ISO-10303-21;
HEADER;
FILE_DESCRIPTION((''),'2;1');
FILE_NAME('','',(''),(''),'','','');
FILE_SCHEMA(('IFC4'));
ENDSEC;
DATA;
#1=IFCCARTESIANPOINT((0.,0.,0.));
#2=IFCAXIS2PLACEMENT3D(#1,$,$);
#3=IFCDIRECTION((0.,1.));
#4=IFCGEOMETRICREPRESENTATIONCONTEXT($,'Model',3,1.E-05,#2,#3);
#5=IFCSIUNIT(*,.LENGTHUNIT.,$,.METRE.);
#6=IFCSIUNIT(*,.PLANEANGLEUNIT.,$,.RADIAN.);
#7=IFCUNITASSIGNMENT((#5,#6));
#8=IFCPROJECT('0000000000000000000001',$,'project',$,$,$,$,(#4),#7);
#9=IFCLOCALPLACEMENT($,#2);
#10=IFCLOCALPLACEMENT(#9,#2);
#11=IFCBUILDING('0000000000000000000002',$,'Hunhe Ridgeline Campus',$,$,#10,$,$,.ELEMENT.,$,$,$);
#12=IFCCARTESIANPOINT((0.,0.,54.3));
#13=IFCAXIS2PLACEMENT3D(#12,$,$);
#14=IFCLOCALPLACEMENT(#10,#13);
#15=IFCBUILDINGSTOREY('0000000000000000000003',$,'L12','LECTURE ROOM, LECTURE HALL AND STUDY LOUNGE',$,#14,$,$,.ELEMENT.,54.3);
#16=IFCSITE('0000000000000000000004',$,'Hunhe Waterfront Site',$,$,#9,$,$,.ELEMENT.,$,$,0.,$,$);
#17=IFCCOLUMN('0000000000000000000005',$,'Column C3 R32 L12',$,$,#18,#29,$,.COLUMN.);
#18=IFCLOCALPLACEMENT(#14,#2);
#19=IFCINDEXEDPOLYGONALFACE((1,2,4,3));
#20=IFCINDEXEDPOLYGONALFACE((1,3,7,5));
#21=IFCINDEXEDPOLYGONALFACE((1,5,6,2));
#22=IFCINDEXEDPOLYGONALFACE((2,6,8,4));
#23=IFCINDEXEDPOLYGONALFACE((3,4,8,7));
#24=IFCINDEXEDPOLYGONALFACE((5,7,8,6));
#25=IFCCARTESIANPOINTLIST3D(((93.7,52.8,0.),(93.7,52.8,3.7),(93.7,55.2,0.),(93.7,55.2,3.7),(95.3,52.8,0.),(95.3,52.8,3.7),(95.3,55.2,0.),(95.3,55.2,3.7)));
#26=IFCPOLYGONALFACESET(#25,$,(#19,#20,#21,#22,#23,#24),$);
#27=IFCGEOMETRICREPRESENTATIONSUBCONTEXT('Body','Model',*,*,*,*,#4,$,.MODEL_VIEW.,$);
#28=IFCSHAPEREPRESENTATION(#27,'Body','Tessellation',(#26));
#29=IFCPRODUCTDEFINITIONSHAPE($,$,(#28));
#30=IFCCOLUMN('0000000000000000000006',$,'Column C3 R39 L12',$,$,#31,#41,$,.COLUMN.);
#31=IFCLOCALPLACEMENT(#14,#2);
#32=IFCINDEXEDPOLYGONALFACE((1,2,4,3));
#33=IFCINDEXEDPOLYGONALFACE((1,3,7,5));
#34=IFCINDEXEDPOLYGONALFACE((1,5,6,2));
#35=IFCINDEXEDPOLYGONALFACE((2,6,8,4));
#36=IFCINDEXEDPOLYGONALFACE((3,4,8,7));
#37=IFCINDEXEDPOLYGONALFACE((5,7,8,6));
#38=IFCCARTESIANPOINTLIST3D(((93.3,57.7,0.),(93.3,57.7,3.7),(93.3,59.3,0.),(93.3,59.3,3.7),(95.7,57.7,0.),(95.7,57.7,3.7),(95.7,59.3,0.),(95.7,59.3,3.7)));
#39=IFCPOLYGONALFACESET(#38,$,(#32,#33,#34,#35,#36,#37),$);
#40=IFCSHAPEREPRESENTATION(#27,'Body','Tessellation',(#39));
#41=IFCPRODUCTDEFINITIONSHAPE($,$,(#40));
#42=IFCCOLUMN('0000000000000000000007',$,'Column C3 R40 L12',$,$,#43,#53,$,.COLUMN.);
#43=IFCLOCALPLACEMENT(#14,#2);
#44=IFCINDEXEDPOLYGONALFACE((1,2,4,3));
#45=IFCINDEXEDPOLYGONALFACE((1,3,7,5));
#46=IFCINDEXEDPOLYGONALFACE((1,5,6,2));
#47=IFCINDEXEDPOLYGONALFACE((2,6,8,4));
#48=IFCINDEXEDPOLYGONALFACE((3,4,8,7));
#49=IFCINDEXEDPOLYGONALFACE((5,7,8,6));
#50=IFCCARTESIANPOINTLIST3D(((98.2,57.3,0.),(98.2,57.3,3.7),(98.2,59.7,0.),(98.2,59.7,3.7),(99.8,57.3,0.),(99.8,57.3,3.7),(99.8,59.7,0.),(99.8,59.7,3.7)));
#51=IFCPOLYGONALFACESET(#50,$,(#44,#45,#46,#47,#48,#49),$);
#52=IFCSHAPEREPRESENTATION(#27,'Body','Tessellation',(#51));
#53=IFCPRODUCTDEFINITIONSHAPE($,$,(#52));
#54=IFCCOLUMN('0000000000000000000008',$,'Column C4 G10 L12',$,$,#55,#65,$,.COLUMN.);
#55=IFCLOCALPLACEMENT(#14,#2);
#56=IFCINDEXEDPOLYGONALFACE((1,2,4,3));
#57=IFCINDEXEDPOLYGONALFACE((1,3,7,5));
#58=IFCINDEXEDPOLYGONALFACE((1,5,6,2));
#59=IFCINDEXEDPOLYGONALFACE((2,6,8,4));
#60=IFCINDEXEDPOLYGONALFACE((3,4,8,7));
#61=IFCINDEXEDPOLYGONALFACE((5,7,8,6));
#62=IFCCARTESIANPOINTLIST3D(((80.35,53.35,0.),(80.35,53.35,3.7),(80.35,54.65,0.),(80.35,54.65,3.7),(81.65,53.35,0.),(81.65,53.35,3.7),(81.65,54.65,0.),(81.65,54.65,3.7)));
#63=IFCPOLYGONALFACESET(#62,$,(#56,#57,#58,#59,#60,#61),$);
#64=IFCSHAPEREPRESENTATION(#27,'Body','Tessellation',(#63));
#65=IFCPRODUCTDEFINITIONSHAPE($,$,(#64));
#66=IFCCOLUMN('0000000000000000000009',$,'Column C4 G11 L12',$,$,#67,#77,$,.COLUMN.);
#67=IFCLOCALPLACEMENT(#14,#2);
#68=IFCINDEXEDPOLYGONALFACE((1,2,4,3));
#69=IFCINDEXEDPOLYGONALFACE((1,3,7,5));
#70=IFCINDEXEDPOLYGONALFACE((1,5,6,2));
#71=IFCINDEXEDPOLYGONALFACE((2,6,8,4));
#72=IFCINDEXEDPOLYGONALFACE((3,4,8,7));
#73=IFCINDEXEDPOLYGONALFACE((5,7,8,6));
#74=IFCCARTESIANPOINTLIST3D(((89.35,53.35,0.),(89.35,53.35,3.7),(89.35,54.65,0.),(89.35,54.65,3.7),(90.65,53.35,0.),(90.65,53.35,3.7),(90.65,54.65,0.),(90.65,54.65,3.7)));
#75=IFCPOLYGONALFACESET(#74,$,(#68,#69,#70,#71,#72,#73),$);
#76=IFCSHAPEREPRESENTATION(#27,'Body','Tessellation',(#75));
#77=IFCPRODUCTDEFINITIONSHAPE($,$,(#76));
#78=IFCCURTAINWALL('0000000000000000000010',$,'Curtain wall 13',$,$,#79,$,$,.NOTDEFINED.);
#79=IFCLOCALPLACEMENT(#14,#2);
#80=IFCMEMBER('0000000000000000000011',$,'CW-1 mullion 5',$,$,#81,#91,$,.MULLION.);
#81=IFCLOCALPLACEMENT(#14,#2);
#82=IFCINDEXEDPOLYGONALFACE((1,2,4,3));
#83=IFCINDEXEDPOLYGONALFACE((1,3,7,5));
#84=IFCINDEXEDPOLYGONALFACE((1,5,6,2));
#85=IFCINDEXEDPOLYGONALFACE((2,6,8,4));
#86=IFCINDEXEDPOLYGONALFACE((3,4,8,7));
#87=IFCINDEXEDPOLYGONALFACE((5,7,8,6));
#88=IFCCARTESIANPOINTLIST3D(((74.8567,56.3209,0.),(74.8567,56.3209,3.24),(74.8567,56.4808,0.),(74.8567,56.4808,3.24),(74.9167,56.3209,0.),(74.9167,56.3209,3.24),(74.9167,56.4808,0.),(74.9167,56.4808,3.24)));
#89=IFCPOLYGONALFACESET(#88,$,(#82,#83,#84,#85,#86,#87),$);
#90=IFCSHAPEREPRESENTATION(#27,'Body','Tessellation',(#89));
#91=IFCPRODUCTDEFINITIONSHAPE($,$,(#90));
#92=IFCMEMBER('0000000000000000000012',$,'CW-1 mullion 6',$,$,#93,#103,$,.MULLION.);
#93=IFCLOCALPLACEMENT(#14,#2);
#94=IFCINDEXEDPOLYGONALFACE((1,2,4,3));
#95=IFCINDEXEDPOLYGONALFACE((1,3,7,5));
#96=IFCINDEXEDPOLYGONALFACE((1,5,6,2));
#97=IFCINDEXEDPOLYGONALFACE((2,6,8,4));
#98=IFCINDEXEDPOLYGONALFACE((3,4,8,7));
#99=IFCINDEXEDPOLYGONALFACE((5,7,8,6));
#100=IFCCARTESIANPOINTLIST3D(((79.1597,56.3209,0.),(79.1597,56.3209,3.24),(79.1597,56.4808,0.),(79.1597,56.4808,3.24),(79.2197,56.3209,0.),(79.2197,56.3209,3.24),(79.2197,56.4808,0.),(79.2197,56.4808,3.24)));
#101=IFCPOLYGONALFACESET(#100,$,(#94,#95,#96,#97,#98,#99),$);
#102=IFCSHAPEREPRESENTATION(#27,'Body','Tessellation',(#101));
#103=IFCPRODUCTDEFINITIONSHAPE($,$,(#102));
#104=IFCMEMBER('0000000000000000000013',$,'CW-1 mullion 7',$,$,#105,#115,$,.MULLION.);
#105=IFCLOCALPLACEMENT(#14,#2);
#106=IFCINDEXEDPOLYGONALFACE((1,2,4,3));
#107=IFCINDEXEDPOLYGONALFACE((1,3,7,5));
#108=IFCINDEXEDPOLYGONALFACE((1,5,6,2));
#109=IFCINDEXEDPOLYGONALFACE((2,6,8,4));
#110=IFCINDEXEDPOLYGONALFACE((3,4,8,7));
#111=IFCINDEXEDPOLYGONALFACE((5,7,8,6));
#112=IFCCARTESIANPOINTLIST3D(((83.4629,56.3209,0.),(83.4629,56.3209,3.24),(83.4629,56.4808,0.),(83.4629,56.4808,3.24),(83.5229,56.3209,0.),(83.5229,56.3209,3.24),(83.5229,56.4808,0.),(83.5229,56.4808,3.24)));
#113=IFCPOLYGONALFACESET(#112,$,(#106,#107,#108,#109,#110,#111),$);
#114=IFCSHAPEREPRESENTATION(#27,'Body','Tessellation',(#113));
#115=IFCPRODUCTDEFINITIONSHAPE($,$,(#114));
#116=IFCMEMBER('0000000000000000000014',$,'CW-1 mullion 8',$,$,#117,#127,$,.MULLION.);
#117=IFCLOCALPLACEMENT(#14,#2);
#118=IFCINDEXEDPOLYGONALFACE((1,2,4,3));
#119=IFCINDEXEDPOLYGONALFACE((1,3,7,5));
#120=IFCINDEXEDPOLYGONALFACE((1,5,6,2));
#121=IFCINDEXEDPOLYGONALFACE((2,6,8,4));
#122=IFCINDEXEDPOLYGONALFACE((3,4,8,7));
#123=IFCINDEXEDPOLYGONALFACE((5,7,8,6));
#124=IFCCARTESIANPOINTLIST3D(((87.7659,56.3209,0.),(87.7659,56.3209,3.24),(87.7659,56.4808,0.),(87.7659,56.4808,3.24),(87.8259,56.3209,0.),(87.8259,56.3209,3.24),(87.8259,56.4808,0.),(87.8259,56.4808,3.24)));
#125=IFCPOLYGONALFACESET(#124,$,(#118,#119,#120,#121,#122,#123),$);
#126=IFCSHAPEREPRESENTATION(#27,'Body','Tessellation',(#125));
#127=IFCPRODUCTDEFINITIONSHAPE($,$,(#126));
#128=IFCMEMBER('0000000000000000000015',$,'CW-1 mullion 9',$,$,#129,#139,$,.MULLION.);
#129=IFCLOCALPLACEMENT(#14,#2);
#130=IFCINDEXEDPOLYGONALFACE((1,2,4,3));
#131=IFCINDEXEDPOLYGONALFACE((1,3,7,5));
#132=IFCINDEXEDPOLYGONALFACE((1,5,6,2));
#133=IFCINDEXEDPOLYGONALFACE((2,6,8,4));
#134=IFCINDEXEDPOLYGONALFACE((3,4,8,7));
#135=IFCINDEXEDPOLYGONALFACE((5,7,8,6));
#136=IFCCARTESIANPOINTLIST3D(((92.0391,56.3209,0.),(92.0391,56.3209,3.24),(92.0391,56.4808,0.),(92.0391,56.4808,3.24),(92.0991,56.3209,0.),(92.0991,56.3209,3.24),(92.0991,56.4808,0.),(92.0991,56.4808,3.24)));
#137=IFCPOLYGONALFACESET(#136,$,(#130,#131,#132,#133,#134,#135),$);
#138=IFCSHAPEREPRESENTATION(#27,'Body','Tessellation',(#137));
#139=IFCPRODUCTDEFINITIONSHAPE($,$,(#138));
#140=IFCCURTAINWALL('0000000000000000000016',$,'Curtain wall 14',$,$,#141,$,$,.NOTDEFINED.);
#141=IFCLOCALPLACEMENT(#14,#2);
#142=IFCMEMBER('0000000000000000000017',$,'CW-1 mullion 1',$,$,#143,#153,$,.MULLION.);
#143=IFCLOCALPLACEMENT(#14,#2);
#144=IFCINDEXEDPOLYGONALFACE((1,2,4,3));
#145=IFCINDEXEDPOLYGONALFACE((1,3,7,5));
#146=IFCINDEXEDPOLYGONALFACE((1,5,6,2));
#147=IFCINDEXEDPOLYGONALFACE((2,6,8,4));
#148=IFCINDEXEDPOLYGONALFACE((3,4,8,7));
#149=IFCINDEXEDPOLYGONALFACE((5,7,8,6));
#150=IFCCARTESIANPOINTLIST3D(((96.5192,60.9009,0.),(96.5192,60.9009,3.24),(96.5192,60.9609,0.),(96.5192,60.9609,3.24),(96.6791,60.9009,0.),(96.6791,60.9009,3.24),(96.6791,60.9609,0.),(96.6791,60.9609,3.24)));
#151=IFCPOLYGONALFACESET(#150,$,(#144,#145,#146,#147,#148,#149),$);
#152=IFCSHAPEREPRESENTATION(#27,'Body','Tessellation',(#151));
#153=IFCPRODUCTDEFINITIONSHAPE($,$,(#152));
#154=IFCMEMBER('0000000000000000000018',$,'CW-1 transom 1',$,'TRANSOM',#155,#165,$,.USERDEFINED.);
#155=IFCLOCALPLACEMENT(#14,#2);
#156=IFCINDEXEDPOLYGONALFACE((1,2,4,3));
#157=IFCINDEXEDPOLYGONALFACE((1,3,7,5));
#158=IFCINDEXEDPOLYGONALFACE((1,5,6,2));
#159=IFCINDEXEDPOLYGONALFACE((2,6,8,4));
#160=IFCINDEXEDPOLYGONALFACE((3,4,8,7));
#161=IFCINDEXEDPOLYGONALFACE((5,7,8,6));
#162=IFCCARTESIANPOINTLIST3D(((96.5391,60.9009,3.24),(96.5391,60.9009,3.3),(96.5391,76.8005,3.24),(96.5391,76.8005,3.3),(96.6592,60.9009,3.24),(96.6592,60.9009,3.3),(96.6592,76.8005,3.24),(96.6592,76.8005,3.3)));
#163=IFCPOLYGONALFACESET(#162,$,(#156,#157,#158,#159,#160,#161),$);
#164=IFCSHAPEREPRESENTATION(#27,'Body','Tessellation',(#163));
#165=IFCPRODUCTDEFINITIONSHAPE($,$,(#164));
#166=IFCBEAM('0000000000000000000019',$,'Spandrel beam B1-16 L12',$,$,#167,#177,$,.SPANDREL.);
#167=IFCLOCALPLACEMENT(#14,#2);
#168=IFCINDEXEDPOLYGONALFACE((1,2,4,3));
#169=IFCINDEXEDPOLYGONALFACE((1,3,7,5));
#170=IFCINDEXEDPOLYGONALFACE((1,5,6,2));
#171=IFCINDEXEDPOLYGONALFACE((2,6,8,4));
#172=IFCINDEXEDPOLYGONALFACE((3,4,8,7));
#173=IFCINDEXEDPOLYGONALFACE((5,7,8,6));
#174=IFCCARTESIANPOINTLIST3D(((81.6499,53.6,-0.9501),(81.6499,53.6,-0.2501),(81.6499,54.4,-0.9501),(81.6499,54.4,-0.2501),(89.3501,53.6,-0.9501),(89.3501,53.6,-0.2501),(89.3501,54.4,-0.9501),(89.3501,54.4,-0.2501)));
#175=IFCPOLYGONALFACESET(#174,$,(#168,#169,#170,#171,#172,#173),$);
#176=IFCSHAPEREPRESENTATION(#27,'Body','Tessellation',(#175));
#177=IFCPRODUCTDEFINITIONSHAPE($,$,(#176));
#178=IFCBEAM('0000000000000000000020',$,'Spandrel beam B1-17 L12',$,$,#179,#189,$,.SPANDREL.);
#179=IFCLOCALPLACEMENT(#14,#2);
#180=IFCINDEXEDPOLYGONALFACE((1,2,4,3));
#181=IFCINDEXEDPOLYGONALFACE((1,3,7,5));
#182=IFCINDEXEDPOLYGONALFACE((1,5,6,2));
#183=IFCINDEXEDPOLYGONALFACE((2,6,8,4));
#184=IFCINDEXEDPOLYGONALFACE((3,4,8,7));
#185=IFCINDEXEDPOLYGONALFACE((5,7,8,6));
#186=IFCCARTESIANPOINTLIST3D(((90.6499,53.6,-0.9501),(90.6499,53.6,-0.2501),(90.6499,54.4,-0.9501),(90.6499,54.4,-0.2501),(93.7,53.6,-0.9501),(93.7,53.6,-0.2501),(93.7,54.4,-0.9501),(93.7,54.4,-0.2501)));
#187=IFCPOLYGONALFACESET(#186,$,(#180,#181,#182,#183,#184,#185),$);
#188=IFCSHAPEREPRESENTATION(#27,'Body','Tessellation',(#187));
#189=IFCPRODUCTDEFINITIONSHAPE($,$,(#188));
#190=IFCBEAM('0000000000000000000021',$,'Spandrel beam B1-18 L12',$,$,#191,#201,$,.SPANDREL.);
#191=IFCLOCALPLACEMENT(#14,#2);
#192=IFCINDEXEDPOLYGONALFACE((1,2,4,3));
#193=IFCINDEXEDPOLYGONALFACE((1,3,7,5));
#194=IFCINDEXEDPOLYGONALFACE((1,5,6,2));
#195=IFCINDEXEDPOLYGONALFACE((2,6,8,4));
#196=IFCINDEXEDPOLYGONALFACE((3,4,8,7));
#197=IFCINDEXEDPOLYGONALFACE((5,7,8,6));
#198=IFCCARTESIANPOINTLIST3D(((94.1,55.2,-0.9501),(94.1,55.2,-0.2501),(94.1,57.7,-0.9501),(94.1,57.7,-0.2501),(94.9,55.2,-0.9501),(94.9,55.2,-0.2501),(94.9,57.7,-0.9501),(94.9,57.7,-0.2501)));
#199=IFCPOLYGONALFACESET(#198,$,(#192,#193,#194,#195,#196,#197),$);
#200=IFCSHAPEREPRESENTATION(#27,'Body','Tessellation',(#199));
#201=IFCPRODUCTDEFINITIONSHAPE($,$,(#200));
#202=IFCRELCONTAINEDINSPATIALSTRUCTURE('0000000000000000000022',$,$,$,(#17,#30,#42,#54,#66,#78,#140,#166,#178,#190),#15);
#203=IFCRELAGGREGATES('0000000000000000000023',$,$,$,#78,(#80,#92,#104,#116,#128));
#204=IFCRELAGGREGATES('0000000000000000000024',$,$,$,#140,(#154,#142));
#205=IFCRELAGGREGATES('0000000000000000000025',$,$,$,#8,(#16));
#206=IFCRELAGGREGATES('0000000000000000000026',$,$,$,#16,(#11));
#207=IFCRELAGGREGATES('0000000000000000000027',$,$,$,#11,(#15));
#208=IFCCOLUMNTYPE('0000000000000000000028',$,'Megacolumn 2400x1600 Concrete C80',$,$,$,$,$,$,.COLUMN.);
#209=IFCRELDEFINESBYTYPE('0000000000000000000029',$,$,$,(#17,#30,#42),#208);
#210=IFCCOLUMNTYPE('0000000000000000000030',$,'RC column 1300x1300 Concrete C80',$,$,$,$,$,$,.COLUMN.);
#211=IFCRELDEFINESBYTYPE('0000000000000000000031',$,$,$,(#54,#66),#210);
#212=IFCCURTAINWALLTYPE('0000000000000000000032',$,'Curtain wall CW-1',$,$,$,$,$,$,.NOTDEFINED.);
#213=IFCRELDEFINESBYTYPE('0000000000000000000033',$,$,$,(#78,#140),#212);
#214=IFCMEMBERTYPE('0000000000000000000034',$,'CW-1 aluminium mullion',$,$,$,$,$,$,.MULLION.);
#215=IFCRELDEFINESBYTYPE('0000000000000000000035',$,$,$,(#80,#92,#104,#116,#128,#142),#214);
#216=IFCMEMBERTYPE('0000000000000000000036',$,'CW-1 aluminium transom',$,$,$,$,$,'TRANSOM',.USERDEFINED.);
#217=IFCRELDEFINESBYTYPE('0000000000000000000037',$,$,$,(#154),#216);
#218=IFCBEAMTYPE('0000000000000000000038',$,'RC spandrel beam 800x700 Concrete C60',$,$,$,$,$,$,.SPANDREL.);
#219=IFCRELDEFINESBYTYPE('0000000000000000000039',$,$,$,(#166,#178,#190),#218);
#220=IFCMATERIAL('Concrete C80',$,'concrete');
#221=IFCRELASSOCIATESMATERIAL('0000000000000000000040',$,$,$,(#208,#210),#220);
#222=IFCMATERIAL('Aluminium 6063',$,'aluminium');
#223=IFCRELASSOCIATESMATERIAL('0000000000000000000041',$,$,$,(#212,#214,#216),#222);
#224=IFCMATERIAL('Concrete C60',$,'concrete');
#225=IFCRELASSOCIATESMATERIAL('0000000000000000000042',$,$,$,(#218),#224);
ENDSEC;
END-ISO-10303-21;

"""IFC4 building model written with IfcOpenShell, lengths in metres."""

from ifc_helpers import new_model, si_unit, direction, frame, origin, origin_2d, place, context, subcontext, project, spatial, rectangle, extrude, material, material_profile, profile_set, type_object, element, aggregate, save


model = new_model("IFC4")

# Units and contexts
model_context = context("Model", 3, precision=1e-05, world=origin(), true_north=direction((0.0, 1.0)))
body_context = subcontext(model_context, "Body", "Model", "MODEL_VIEW")
ifc_project = project(units=[si_unit("LENGTHUNIT", "METRE"), si_unit("PLANEANGLEUNIT", "RADIAN")], contexts=[model_context])

# Site, building, storey
site_placement = place(None, origin())
site = spatial("IfcSite", under=ifc_project, at=site_placement, Name="Hunhe Waterfront Site", CompositionType="ELEMENT", RefElevation=0.0)
building_placement = place(site_placement, origin())
building = spatial("IfcBuilding", under=site, at=building_placement, Name="Hunhe Ridgeline Campus", CompositionType="ELEMENT")
storey_placement = place(building_placement, frame((0.0, 0.0, 54.3)))
storey = spatial("IfcBuildingStorey", under=building, at=storey_placement, Name="L12", Description="LECTURE ROOM, LECTURE HALL AND STUDY LOUNGE", CompositionType="ELEMENT", Elevation=54.3)

# Columns
ifc_material_1 = material(Name="Concrete C80", Category="concrete")
ifc_material_profile_1 = material_profile(ifc_material_1, rectangle(XDim=2.3999, YDim=1.6001, at=origin_2d()))
ifc_profile_set_1 = profile_set([ifc_material_profile_1], Name="Concrete C80")
column_type_1 = type_object("IfcColumnType", Name="Megacolumn 2400x1600 Concrete C80", PredefinedType="COLUMN", material=ifc_profile_set_1)
for number, where, z_axis, x_axis, name in (
    (1, (94.5, 54.0, 0.0), (0.0, 0.0, 1.0), (0.0, 1.0, 0.0), "Column C3 R32 L12"),
    (2, (94.5, 58.5, 0.0), (0.0, 0.0, 1.0), (1.0, 0.0, 0.0), "Column C3 R39 L12"),
    (3, (99.0, 58.5, 0.0), (0.0, 0.0, 1.0), (0.0, 1.0, 0.0), "Column C3 R40 L12"),
):
    element("IfcColumn", number, at=place(storey_placement, frame(where, z_axis=z_axis, x_axis=x_axis)), inside=storey, type_object=column_type_1, Name=name, PredefinedType="COLUMN", context=body_context, shape_type="SweptSolid", body=[
        extrude(rectangle(XDim=2.3999, YDim=1.6001, at=origin_2d()), origin(), (0.0, 0.0, 1.0), 3.7),
    ])
ifc_material_profile_2 = material_profile(ifc_material_1, rectangle(XDim=1.3, YDim=1.3, at=origin_2d()))
ifc_profile_set_2 = profile_set([ifc_material_profile_2], Name="Concrete C80")
column_type_2 = type_object("IfcColumnType", Name="RC column 1300x1300 Concrete C80", PredefinedType="COLUMN", material=ifc_profile_set_2)
for number, where, z_axis, x_axis, name in (
    (4, (81.0, 54.0, 0.0), (0.0, 0.0, 1.0), (1.0, 0.0, 0.0), "Column C4 G10 L12"),
    (5, (90.0, 54.0, 0.0), (0.0, 0.0, 1.0), (1.0, 0.0, 0.0), "Column C4 G11 L12"),
):
    element("IfcColumn", number, at=place(storey_placement, frame(where, z_axis=z_axis, x_axis=x_axis)), inside=storey, type_object=column_type_2, Name=name, PredefinedType="COLUMN", context=body_context, shape_type="SweptSolid", body=[
        extrude(rectangle(XDim=1.3, YDim=1.3, at=origin_2d()), origin(), (0.0, 0.0, 1.0), 3.7),
    ])

# Curtain walls, members
ifc_material_2 = material(Name="Aluminium 6063", Category="aluminium")
curtain_wall_type = type_object("IfcCurtainWallType", Name="Curtain wall CW-1", PredefinedType="NOTDEFINED", material=ifc_material_2)
curtain_wall_1_placement = place(storey_placement, origin())
curtain_wall_1 = element("IfcCurtainWall", 6, at=curtain_wall_1_placement, inside=storey, type_object=curtain_wall_type, Name="Curtain wall 13", PredefinedType="NOTDEFINED")
ifc_material_profile_3 = material_profile(ifc_material_2, rectangle(XDim=0.1599, YDim=0.0601, at=origin_2d()))
ifc_profile_set_3 = profile_set([ifc_material_profile_3], Name="Aluminium 6063")
member_type_1 = type_object("IfcMemberType", Name="CW-1 aluminium mullion", PredefinedType="MULLION", material=ifc_profile_set_3)
member_1_placement = place(storey_placement, frame((74.8867, 56.4009, 0.0), z_axis=(0.0, 0.0, 1.0), x_axis=(-0.000004, 1.0, 0.0)))
member_1 = element("IfcMember", 7, at=member_1_placement, type_object=member_type_1, Name="CW-1 mullion 5", PredefinedType="MULLION", context=body_context, shape_type="SweptSolid", body=[
    extrude(rectangle(XDim=0.1599, YDim=0.0601, at=origin_2d()), origin(), (0.0, 0.0, 1.0), 3.24),
])
member_2_placement = place(storey_placement, frame((79.1897, 56.4009, 0.0), z_axis=(0.0, 0.0, 1.0), x_axis=(-0.000004, 1.0, 0.0)))
member_2 = element("IfcMember", 8, at=member_2_placement, type_object=member_type_1, Name="CW-1 mullion 6", PredefinedType="MULLION", context=body_context, shape_type="SweptSolid", body=[
    extrude(rectangle(XDim=0.1599, YDim=0.0601, at=origin_2d()), origin(), (0.0, 0.0, 1.0), 3.24),
])
member_3_placement = place(storey_placement, frame((83.4929, 56.4009, 0.0), z_axis=(0.0, 0.0, 1.0), x_axis=(-0.000004, 1.0, 0.0)))
member_3 = element("IfcMember", 9, at=member_3_placement, type_object=member_type_1, Name="CW-1 mullion 7", PredefinedType="MULLION", context=body_context, shape_type="SweptSolid", body=[
    extrude(rectangle(XDim=0.1599, YDim=0.0601, at=origin_2d()), origin(), (0.0, 0.0, 1.0), 3.24),
])
member_4_placement = place(storey_placement, frame((87.7959, 56.4009, 0.0), z_axis=(0.0, 0.0, 1.0), x_axis=(-0.000004, 1.0, 0.0)))
member_4 = element("IfcMember", 10, at=member_4_placement, type_object=member_type_1, Name="CW-1 mullion 8", PredefinedType="MULLION", context=body_context, shape_type="SweptSolid", body=[
    extrude(rectangle(XDim=0.1599, YDim=0.0601, at=origin_2d()), origin(), (0.0, 0.0, 1.0), 3.24),
])
member_5_placement = place(storey_placement, frame((92.0691, 56.4009, 0.0), z_axis=(0.0, 0.0, 1.0), x_axis=(-0.000004, 1.0, 0.0)))
member_5 = element("IfcMember", 11, at=member_5_placement, type_object=member_type_1, Name="CW-1 mullion 9", PredefinedType="MULLION", context=body_context, shape_type="SweptSolid", body=[
    extrude(rectangle(XDim=0.1599, YDim=0.0601, at=origin_2d()), origin(), (0.0, 0.0, 1.0), 3.24),
])
curtain_wall_2_placement = place(storey_placement, origin())
curtain_wall_2 = element("IfcCurtainWall", 12, at=curtain_wall_2_placement, inside=storey, type_object=curtain_wall_type, Name="Curtain wall 14", PredefinedType="NOTDEFINED")
member_6_placement = place(storey_placement, frame((96.5991, 60.9309, 0.0), z_axis=(0.0, 0.0, 1.0), x_axis=(-1.0, 0.0, 0.0)))
member_6 = element("IfcMember", 13, at=member_6_placement, type_object=member_type_1, Name="CW-1 mullion 1", PredefinedType="MULLION", context=body_context, shape_type="SweptSolid", body=[
    extrude(rectangle(XDim=0.1599, YDim=0.0601, at=origin_2d()), origin(), (0.0, 0.0, 1.0), 3.24),
])
ifc_material_profile_4 = material_profile(ifc_material_2, rectangle(XDim=0.1201, YDim=0.0601, at=origin_2d()))
ifc_profile_set_4 = profile_set([ifc_material_profile_4], Name="Aluminium 6063")
member_type_2 = type_object("IfcMemberType", Name="CW-1 aluminium transom", ElementType="TRANSOM", PredefinedType="USERDEFINED", material=ifc_profile_set_4)
member_7_placement = place(storey_placement, frame((96.5991, 60.9009, 3.27), z_axis=(0.0, 1.0, 0.0), x_axis=(-1.0, 0.0, 0.0)))
member_7 = element("IfcMember", 14, at=member_7_placement, type_object=member_type_2, Name="CW-1 transom 1", ObjectType="TRANSOM", PredefinedType="USERDEFINED", context=body_context, shape_type="SweptSolid", body=[
    extrude(rectangle(XDim=0.1201, YDim=0.0601, at=origin_2d()), origin(), (0.0, 0.0, 1.0), 15.8997),
])

# Beams
ifc_material_3 = material(Name="Concrete C60", Category="concrete")
ifc_material_profile_5 = material_profile(ifc_material_3, rectangle(XDim=0.8, YDim=0.7, at=origin_2d()))
ifc_profile_set_5 = profile_set([ifc_material_profile_5], Name="Concrete C60")
beam_type = type_object("IfcBeamType", Name="RC spandrel beam 800x700 Concrete C60", PredefinedType="SPANDREL", material=ifc_profile_set_5)
beam_1_placement = place(storey_placement, frame((81.6499, 54.0, -0.6001), z_axis=(1.0, 0.0, 0.0), x_axis=(0.0, 1.0, 0.0)))
element("IfcBeam", 15, at=beam_1_placement, inside=storey, type_object=beam_type, Name="Spandrel beam B1-16 L12", PredefinedType="SPANDREL", context=body_context, shape_type="SweptSolid", body=[
    extrude(rectangle(XDim=0.8, YDim=0.7, at=origin_2d()), origin(), (0.0, 0.0, 1.0), 7.7002),
])
beam_2_placement = place(storey_placement, frame((90.6499, 54.0, -0.6001), z_axis=(1.0, 0.0, 0.0), x_axis=(0.0, 1.0, 0.0)))
element("IfcBeam", 16, at=beam_2_placement, inside=storey, type_object=beam_type, Name="Spandrel beam B1-17 L12", PredefinedType="SPANDREL", context=body_context, shape_type="SweptSolid", body=[
    extrude(rectangle(XDim=0.8, YDim=0.7, at=origin_2d()), origin(), (0.0, 0.0, 1.0), 3.05),
])
for number, where, z_axis, x_axis, name in (
    (17, (94.5, 55.2, -0.6001), (0.0, 1.0, 0.0), (-1.0, 0.0, 0.0), "Spandrel beam B1-18 L12"),
):
    element("IfcBeam", number, at=place(storey_placement, frame(where, z_axis=z_axis, x_axis=x_axis)), inside=storey, type_object=beam_type, Name=name, PredefinedType="SPANDREL", context=body_context, shape_type="SweptSolid", body=[
        extrude(rectangle(XDim=0.8, YDim=0.7, at=origin_2d()), origin(), (0.0, 0.0, 1.0), 2.5),
    ])

aggregate(curtain_wall_1, [member_1, member_2, member_3, member_4, member_5])
aggregate(curtain_wall_2, [member_7, member_6])

save(model, "model.ifc")
